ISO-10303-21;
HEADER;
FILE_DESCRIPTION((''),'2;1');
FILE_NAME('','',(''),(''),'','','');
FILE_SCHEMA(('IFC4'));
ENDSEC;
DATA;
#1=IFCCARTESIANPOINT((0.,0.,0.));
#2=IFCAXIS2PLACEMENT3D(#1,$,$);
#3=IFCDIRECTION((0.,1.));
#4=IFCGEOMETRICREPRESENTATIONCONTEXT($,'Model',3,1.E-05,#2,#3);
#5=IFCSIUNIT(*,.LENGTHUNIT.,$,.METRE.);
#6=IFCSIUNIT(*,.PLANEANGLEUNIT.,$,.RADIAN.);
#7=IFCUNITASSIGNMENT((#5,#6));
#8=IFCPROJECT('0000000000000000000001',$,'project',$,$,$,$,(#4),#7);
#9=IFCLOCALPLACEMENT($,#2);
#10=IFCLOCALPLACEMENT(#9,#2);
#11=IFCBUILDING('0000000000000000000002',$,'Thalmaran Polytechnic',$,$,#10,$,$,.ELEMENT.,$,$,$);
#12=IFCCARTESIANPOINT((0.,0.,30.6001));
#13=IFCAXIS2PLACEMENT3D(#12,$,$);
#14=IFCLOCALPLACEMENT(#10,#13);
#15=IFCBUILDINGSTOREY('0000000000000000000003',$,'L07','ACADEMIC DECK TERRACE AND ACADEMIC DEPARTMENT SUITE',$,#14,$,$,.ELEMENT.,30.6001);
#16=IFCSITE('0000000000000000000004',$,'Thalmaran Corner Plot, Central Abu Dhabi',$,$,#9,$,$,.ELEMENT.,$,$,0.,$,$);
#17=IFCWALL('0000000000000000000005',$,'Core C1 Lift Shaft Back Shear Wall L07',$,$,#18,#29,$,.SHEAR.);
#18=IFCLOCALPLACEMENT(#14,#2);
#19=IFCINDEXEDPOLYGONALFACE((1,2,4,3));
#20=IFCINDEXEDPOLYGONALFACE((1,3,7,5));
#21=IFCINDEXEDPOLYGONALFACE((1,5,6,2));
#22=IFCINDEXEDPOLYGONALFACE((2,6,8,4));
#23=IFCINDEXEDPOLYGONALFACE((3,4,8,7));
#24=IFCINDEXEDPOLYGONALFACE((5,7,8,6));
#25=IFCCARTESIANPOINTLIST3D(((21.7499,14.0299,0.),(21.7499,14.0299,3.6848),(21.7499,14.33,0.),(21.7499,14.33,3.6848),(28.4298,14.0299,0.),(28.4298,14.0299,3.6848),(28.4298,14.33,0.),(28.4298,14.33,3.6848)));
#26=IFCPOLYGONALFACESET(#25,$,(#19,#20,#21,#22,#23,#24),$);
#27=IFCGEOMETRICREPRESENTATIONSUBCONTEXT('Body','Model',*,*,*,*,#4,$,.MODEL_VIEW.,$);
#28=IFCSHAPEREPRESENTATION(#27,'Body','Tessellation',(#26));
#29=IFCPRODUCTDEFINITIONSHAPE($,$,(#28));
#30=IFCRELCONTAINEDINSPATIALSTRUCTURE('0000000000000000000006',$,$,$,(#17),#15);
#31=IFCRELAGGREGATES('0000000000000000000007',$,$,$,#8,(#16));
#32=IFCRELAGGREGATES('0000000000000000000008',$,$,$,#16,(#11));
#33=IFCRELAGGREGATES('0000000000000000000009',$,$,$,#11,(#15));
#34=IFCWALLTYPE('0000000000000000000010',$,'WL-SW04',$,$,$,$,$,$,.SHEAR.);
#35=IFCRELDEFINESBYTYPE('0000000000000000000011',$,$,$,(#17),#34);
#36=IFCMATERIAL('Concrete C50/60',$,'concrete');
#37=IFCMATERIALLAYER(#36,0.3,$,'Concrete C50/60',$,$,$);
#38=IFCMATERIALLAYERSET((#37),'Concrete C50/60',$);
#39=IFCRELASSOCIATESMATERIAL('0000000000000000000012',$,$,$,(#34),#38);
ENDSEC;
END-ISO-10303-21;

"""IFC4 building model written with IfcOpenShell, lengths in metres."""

from ifc_helpers import new_model, si_unit, direction, frame, frame_2d, origin, place, context, subcontext, project, spatial, rectangle, extrude, material, layer, layer_set, type_object, element, save


model = new_model("IFC4")

# Units and contexts
model_context = context("Model", 3, precision=1e-05, world=origin(), true_north=direction((0.0, 1.0)))
body_context = subcontext(model_context, "Body", "Model", "MODEL_VIEW")
ifc_project = project(units=[si_unit("LENGTHUNIT", "METRE"), si_unit("PLANEANGLEUNIT", "RADIAN")], contexts=[model_context])

# Site, building, storey
site_placement = place(None, origin())
site = spatial("IfcSite", under=ifc_project, at=site_placement, Name="Thalmaran Corner Plot, Central Abu Dhabi", CompositionType="ELEMENT", RefElevation=0.0)
building_placement = place(site_placement, origin())
building = spatial("IfcBuilding", under=site, at=building_placement, Name="Thalmaran Polytechnic", CompositionType="ELEMENT")
storey_placement = place(building_placement, frame((0.0, 0.0, 30.6001)))
storey = spatial("IfcBuildingStorey", under=building, at=storey_placement, Name="L07", Description="ACADEMIC DECK TERRACE AND ACADEMIC DEPARTMENT SUITE", CompositionType="ELEMENT", Elevation=30.6001)

# Wall
ifc_material_1 = material(Name="Concrete C50/60", Category="concrete")
ifc_layer_1 = layer(ifc_material_1, 0.3, Name="Concrete C50/60")
ifc_layer_set_1 = layer_set([ifc_layer_1], Name="Concrete C50/60")
wall_type_1 = type_object("IfcWallType", Name="WL-SW04", PredefinedType="SHEAR", material=ifc_layer_set_1)
wall_1_placement = place(storey_placement, frame((21.75, 14.1799, 0.0), z_axis=(0.0, 0.0, 1.0), x_axis=(1.0, 0.0, 0.0)))
element("IfcWall", 1, at=wall_1_placement, inside=storey, type_object=wall_type_1, Name="Core C1 Lift Shaft Back Shear Wall L07", PredefinedType="SHEAR", context=body_context, shape_type="SweptSolid", body=[
    extrude(rectangle(XDim=6.6799, YDim=0.3, at=frame_2d((3.3398, 0.0))), origin(), (0.0, 0.0, 1.0), 3.6848),
])

save(model, "model.ifc")
